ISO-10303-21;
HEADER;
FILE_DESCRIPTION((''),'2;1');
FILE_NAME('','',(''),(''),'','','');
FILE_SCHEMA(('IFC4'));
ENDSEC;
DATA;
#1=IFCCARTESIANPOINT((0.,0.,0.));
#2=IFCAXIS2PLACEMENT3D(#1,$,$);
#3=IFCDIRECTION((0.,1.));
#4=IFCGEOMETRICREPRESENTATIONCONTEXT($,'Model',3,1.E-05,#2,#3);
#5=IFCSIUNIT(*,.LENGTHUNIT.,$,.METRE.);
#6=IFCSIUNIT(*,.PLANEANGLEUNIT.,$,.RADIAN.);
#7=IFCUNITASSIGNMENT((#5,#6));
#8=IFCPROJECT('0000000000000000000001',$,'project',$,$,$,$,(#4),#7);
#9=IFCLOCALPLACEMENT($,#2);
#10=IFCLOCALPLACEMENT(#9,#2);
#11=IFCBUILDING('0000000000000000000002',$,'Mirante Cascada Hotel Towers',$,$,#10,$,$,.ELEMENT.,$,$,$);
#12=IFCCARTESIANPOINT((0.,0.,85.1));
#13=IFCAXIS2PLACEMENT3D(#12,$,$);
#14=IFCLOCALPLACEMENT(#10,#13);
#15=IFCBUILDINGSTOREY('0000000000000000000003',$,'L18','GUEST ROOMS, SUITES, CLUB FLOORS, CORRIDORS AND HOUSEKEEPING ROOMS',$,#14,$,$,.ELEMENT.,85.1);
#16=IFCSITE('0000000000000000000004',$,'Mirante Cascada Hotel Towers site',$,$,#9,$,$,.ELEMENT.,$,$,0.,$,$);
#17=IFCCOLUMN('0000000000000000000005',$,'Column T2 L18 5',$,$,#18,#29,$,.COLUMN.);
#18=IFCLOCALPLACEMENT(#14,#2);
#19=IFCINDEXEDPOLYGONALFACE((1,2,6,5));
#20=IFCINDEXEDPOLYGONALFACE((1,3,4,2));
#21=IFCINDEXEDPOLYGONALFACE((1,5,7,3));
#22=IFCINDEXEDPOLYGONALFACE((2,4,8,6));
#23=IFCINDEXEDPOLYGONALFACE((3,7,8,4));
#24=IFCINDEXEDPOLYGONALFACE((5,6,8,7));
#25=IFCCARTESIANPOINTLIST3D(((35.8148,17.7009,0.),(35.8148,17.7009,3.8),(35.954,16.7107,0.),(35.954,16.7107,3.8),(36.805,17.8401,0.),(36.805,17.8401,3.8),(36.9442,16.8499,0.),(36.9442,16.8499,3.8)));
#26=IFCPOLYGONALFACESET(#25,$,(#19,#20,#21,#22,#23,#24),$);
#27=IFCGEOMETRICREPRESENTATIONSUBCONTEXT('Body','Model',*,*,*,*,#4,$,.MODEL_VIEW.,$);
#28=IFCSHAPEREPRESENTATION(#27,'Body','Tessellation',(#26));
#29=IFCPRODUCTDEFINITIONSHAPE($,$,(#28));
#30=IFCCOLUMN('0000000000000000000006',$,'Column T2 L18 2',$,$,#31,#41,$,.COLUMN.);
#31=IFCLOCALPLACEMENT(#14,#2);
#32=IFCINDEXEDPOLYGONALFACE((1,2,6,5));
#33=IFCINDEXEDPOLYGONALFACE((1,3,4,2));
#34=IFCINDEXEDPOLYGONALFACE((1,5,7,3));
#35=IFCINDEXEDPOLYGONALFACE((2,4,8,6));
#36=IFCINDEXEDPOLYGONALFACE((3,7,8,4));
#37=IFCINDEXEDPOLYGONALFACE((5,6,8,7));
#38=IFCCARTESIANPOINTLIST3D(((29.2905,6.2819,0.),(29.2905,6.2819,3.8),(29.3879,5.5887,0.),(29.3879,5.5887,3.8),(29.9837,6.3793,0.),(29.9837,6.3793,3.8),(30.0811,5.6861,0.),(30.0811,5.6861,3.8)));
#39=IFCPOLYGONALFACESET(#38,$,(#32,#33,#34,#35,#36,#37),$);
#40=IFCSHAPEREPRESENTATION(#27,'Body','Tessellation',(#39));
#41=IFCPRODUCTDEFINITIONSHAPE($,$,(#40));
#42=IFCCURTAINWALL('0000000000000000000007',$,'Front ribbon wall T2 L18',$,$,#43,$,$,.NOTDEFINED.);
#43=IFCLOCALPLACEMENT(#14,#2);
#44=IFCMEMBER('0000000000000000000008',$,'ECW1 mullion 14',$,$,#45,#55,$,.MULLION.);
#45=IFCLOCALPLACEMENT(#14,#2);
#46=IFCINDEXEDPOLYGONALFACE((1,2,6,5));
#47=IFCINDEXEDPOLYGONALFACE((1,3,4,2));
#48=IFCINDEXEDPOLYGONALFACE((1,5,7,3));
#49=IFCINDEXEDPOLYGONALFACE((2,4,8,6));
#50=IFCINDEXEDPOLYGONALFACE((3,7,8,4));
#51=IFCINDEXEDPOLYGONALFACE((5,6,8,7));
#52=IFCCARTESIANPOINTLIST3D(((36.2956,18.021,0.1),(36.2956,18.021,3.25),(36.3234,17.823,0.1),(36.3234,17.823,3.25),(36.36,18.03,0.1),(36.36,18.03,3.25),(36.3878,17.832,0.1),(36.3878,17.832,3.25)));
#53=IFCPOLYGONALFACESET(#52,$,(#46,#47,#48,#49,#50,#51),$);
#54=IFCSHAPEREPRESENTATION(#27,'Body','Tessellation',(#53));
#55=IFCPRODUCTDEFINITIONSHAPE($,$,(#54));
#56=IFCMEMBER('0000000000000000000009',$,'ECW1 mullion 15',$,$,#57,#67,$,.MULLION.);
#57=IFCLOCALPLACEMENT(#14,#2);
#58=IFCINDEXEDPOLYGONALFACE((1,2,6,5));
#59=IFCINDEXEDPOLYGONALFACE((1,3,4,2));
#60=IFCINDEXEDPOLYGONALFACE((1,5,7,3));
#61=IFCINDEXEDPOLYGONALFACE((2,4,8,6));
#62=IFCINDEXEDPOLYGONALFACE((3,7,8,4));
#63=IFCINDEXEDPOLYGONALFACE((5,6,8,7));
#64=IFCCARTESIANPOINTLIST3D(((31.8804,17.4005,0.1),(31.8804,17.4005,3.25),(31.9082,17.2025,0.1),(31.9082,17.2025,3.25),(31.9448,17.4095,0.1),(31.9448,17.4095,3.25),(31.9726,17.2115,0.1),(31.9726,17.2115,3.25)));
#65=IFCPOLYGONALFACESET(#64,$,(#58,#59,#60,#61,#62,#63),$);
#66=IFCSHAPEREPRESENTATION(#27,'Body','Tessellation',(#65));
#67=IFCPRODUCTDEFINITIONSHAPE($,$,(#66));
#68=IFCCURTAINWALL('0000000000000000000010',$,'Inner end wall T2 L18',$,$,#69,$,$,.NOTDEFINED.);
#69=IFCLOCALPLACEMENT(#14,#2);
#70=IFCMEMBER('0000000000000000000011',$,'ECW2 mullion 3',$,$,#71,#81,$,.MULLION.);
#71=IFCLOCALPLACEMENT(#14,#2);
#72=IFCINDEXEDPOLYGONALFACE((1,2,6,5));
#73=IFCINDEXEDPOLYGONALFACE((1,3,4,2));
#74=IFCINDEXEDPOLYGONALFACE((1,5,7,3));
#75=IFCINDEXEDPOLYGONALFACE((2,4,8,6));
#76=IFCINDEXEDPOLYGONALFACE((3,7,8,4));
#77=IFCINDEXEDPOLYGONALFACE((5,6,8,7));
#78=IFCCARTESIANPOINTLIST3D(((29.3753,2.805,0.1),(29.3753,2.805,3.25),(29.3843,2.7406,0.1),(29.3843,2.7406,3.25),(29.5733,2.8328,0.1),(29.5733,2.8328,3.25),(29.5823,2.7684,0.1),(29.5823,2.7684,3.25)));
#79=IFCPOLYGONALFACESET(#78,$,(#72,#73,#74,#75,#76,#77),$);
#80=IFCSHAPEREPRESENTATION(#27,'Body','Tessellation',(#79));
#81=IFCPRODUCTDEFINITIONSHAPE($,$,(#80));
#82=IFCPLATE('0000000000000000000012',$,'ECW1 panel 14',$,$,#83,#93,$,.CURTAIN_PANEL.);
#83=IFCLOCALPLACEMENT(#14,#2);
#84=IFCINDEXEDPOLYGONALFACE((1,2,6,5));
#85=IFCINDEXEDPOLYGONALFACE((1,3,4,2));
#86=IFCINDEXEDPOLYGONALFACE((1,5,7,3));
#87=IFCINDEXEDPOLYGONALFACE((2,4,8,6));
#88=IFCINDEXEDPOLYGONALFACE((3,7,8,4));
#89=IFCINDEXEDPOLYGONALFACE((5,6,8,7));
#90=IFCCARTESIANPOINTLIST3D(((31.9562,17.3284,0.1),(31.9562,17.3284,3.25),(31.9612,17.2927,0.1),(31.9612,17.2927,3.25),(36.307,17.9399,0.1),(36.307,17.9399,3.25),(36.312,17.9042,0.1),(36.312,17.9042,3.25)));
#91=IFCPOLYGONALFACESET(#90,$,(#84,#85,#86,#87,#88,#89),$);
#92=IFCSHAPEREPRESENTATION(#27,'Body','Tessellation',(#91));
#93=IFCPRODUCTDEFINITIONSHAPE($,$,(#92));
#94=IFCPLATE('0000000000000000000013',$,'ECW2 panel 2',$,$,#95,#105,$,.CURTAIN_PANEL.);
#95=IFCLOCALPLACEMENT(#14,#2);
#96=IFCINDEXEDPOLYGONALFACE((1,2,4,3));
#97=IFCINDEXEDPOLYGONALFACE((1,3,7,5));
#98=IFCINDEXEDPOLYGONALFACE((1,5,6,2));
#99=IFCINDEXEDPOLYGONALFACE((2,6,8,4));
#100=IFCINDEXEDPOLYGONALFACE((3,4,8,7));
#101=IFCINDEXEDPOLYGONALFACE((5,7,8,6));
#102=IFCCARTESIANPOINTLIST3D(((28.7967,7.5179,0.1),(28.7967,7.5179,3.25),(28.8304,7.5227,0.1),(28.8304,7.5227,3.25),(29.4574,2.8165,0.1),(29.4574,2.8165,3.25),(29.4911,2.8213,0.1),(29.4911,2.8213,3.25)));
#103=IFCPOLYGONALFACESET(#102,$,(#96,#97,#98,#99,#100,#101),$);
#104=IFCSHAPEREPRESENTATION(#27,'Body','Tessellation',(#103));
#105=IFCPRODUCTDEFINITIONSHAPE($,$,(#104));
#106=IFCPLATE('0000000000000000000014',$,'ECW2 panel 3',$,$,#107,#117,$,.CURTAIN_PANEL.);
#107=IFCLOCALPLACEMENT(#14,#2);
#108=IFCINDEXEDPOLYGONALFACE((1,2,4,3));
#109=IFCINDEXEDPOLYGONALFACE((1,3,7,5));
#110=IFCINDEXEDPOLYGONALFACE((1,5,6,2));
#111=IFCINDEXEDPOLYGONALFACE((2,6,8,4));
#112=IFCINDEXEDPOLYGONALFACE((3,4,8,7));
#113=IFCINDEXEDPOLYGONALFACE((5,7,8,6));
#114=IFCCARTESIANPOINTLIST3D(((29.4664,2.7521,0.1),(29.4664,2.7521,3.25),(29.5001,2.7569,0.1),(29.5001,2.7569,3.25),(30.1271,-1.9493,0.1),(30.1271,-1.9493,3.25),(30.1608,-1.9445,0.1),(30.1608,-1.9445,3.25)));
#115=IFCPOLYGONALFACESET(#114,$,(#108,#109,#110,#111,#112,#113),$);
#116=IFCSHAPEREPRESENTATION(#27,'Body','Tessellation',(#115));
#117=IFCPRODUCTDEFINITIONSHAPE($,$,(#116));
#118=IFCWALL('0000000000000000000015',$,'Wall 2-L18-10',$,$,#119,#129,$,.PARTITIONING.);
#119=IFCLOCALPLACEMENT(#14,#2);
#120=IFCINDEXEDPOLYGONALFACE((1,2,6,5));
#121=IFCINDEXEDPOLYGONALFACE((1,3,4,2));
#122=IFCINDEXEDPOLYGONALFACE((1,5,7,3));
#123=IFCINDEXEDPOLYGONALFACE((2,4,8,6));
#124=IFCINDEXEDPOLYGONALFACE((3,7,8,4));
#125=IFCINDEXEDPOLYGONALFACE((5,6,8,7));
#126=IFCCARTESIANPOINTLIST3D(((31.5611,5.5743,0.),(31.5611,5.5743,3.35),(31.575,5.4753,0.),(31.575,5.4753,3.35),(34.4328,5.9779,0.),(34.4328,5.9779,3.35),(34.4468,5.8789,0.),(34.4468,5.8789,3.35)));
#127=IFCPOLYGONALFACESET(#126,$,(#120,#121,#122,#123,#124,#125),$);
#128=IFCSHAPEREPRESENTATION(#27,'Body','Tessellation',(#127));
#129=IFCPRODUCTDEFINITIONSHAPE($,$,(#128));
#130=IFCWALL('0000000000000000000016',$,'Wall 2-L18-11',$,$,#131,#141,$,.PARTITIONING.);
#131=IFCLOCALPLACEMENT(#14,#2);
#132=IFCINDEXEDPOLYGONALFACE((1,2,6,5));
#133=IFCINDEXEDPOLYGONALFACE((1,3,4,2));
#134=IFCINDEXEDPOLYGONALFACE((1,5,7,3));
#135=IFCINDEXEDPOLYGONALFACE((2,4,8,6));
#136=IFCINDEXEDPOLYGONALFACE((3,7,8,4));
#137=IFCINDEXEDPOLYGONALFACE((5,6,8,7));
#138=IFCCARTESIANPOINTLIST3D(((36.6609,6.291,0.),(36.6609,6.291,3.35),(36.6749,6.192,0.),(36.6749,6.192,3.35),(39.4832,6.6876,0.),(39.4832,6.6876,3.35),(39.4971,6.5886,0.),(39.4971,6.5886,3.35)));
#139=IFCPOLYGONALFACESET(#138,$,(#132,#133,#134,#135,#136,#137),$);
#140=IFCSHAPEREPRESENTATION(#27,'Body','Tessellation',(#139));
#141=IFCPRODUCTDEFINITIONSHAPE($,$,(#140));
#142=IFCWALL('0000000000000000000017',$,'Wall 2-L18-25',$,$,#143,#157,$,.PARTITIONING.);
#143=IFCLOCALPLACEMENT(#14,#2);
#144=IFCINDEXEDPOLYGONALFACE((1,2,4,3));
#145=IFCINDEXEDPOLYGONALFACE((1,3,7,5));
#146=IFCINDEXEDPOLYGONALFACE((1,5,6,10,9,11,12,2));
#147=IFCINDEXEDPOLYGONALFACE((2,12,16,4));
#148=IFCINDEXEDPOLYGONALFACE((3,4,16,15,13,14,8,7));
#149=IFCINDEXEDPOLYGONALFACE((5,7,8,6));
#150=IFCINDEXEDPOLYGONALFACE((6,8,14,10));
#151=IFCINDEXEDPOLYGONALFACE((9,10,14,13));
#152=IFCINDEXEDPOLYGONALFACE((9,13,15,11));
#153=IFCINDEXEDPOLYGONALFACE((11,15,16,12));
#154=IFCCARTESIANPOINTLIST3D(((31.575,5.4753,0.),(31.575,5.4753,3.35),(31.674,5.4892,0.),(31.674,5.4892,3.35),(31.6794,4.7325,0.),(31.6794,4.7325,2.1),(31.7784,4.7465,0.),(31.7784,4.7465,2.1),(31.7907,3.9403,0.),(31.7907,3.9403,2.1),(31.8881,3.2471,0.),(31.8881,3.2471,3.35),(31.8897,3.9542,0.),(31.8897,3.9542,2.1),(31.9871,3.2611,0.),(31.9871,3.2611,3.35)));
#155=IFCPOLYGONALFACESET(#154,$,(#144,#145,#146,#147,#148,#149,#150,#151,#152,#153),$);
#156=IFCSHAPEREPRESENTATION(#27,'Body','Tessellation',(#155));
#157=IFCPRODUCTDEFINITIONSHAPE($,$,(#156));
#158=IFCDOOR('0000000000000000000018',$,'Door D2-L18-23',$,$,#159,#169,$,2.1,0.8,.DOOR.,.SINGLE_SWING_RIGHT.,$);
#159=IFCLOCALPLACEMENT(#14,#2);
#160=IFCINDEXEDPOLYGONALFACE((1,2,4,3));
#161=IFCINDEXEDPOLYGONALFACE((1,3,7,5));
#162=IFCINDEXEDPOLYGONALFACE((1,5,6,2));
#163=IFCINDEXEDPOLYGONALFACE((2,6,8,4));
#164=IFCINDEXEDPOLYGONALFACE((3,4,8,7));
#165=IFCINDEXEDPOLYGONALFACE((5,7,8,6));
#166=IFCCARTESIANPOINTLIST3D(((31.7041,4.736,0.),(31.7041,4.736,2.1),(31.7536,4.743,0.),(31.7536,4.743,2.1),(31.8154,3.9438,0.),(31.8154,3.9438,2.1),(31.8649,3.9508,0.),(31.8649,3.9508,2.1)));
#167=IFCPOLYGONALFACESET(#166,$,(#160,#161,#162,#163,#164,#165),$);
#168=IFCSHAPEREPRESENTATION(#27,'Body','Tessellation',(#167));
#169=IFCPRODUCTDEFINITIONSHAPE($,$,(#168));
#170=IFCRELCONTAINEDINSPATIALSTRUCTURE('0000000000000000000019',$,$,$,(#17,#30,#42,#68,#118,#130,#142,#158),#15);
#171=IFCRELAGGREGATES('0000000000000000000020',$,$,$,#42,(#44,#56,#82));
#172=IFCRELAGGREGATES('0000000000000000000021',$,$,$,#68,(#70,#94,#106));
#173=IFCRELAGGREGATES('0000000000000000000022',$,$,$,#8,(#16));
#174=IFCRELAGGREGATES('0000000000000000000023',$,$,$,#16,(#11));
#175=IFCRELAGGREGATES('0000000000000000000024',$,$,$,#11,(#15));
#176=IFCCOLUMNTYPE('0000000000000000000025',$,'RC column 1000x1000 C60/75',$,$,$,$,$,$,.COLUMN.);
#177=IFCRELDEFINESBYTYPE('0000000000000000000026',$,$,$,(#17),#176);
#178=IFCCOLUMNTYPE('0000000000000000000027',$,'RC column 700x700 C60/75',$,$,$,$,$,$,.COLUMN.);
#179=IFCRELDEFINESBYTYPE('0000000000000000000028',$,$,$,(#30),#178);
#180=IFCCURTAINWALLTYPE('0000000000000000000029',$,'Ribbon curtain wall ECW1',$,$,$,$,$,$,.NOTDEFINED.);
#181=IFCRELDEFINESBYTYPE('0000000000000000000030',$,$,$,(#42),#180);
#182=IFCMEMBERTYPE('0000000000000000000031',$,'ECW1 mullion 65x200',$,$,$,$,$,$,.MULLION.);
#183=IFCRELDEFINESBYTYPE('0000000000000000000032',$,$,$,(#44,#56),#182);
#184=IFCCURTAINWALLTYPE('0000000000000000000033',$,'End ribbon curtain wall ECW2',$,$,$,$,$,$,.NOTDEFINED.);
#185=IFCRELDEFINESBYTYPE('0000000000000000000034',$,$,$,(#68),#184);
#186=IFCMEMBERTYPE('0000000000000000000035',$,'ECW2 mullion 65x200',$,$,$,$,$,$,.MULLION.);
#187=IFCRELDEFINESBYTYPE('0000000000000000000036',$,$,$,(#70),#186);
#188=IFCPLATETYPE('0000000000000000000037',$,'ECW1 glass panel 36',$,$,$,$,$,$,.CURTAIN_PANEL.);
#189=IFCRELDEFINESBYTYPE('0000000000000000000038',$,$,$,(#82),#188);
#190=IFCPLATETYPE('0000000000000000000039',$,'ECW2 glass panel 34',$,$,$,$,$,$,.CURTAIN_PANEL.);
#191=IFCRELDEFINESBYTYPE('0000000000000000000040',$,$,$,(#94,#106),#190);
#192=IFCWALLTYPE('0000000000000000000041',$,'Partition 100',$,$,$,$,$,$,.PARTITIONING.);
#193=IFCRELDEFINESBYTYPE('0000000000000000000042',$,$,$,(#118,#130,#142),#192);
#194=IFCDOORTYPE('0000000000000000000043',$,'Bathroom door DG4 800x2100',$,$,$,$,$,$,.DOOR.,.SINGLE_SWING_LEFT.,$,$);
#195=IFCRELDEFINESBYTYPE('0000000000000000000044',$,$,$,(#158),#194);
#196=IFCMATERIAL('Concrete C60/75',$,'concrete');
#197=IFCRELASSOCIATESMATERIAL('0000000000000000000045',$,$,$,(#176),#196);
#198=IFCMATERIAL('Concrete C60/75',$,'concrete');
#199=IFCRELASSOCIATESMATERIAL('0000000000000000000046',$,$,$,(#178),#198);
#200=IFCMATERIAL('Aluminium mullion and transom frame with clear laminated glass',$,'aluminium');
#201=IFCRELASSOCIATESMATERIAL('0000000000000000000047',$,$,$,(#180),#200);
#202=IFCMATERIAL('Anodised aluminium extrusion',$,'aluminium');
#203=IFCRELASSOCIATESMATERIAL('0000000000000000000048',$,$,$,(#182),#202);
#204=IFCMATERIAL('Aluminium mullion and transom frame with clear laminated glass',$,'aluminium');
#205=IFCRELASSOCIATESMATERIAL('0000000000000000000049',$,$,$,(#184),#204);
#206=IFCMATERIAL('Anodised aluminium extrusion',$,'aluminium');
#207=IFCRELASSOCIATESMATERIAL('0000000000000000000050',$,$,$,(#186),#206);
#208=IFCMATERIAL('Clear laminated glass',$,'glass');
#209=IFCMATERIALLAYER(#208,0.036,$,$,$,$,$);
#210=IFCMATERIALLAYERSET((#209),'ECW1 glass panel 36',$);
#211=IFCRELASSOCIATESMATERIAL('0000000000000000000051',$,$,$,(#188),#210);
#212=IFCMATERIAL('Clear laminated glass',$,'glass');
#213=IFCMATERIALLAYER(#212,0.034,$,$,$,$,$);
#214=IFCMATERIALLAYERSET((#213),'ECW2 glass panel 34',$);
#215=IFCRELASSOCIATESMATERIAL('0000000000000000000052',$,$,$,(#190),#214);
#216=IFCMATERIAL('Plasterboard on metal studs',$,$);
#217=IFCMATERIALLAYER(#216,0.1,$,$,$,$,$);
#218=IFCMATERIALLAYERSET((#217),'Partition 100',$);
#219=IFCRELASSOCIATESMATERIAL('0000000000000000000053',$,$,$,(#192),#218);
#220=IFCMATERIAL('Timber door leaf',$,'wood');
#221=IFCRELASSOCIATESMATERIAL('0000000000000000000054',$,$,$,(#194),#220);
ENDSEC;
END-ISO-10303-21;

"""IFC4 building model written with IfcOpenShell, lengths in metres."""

from ifc_helpers import new_model, si_unit, direction, frame, frame_2d, origin, origin_2d, place, context, subcontext, project, spatial, rectangle, extrude, material, layer, layer_set, material_profile, profile_set, type_object, element, fill, aggregate, save


model = new_model("IFC4")

# Units and contexts
model_context = context("Model", 3, precision=1e-05, world=origin(), true_north=direction((0.0, 1.0)))
body_context = subcontext(model_context, "Body", "Model", "MODEL_VIEW")
ifc_project = project(units=[si_unit("LENGTHUNIT", "METRE"), si_unit("PLANEANGLEUNIT", "RADIAN")], contexts=[model_context])

# Site, building, storey
site_placement = place(None, origin())
site = spatial("IfcSite", under=ifc_project, at=site_placement, Name="Mirante Cascada Hotel Towers site", CompositionType="ELEMENT", RefElevation=0.0)
building_placement = place(site_placement, origin())
building = spatial("IfcBuilding", under=site, at=building_placement, Name="Mirante Cascada Hotel Towers", CompositionType="ELEMENT")
storey_placement = place(building_placement, frame((0.0, 0.0, 85.1)))
storey = spatial("IfcBuildingStorey", under=building, at=storey_placement, Name="L18", Description="GUEST ROOMS, SUITES, CLUB FLOORS, CORRIDORS AND HOUSEKEEPING ROOMS", CompositionType="ELEMENT", Elevation=85.1)

# Columns
ifc_material_1 = material(Name="Concrete C60/75", Category="concrete")
ifc_material_profile_1 = material_profile(ifc_material_1, rectangle(XDim=1.0, YDim=1.0, at=origin_2d()), Name="RC column 1000x1000 C60/75")
ifc_profile_set_1 = profile_set([ifc_material_profile_1], Name="Concrete C60/75")
column_type_1 = type_object("IfcColumnType", Name="RC column 1000x1000 C60/75", PredefinedType="COLUMN", material=ifc_profile_set_1)
column_1_placement = place(storey_placement, frame((36.3795, 17.2754, 0.0), z_axis=(0.0, 0.0, 1.0), x_axis=(0.990268, 0.139173, 0.0)))
element("IfcColumn", 1, at=column_1_placement, inside=storey, type_object=column_type_1, Name="Column T2 L18 5", PredefinedType="COLUMN", context=body_context, shape_type="SweptSolid", body=[
    extrude(rectangle(XDim=1.0, YDim=1.0, at=origin_2d()), origin(), (0.0, 0.0, 1.0), 3.8),
])
ifc_material_2 = material(Name="Concrete C60/75", Category="concrete")
ifc_material_profile_2 = material_profile(ifc_material_2, rectangle(XDim=0.7, YDim=0.7, at=origin_2d()), Name="RC column 700x700 C60/75")
ifc_profile_set_2 = profile_set([ifc_material_profile_2], Name="Concrete C60/75")
column_type_2 = type_object("IfcColumnType", Name="RC column 700x700 C60/75", PredefinedType="COLUMN", material=ifc_profile_set_2)
column_2_placement = place(storey_placement, frame((29.6858, 5.984, 0.0), z_axis=(0.0, 0.0, 1.0), x_axis=(0.990268, 0.139173, 0.0)))
element("IfcColumn", 2, at=column_2_placement, inside=storey, type_object=column_type_2, Name="Column T2 L18 2", PredefinedType="COLUMN", context=body_context, shape_type="SweptSolid", body=[
    extrude(rectangle(XDim=0.7, YDim=0.7, at=origin_2d()), origin(), (0.0, 0.0, 1.0), 3.8),
])

# Curtain wall, members
ifc_material_3 = material(Name="Aluminium mullion and transom frame with clear laminated glass", Category="aluminium")
curtain_wall_type_1 = type_object("IfcCurtainWallType", Name="Ribbon curtain wall ECW1", PredefinedType="NOTDEFINED", material=ifc_material_3)
curtain_wall_1_placement = place(storey_placement, origin())
curtain_wall_1 = element("IfcCurtainWall", 3, at=curtain_wall_1_placement, inside=storey, type_object=curtain_wall_type_1, Name="Front ribbon wall T2 L18", PredefinedType="NOTDEFINED")
ifc_material_4 = material(Name="Anodised aluminium extrusion", Category="aluminium")
ifc_material_profile_3 = material_profile(ifc_material_4, rectangle(XDim=0.2, YDim=0.065, at=origin_2d()), Name="ECW1 MULLION 65x200")
ifc_profile_set_3 = profile_set([ifc_material_profile_3], Name="Anodised aluminium extrusion")
member_type_1 = type_object("IfcMemberType", Name="ECW1 mullion 65x200", PredefinedType="MULLION", material=ifc_profile_set_3)
member_1_placement = place(storey_placement, frame((36.3417, 17.9265, 0.1), z_axis=(0.0, 0.0, 1.0), x_axis=(0.139173, -0.990268, 0.0)))
member_1 = element("IfcMember", 4, at=member_1_placement, type_object=member_type_1, Name="ECW1 mullion 14", PredefinedType="MULLION", context=body_context, shape_type="SweptSolid", body=[
    extrude(rectangle(XDim=0.2, YDim=0.065, at=origin_2d()), origin(), (0.0, 0.0, 1.0), 3.15),
])
member_2_placement = place(storey_placement, frame((31.9265, 17.306, 0.1), z_axis=(0.0, 0.0, 1.0), x_axis=(0.139173, -0.990268, 0.0)))
member_2 = element("IfcMember", 5, at=member_2_placement, type_object=member_type_1, Name="ECW1 mullion 15", PredefinedType="MULLION", context=body_context, shape_type="SweptSolid", body=[
    extrude(rectangle(XDim=0.2, YDim=0.065, at=origin_2d()), origin(), (0.0, 0.0, 1.0), 3.15),
])

# Curtain wall, member
ifc_material_5 = material(Name="Aluminium mullion and transom frame with clear laminated glass", Category="aluminium")
curtain_wall_type_2 = type_object("IfcCurtainWallType", Name="End ribbon curtain wall ECW2", PredefinedType="NOTDEFINED", material=ifc_material_5)
curtain_wall_2_placement = place(storey_placement, origin())
curtain_wall_2 = element("IfcCurtainWall", 6, at=curtain_wall_2_placement, inside=storey, type_object=curtain_wall_type_2, Name="Inner end wall T2 L18", PredefinedType="NOTDEFINED")
ifc_material_6 = material(Name="Anodised aluminium extrusion", Category="aluminium")
ifc_material_profile_4 = material_profile(ifc_material_6, rectangle(XDim=0.2, YDim=0.065, at=origin_2d()), Name="ECW2 MULLION 65x200")
ifc_profile_set_4 = profile_set([ifc_material_profile_4], Name="Anodised aluminium extrusion")
member_type_2 = type_object("IfcMemberType", Name="ECW2 mullion 65x200", PredefinedType="MULLION", material=ifc_profile_set_4)
member_3_placement = place(storey_placement, frame((29.4788, 2.7867, 0.1), z_axis=(0.0, 0.0, 1.0), x_axis=(0.990268, 0.139173, 0.0)))
member_3 = element("IfcMember", 7, at=member_3_placement, type_object=member_type_2, Name="ECW2 mullion 3", PredefinedType="MULLION", context=body_context, shape_type="SweptSolid", body=[
    extrude(rectangle(XDim=0.2, YDim=0.065, at=origin_2d()), origin(), (0.0, 0.0, 1.0), 3.15),
])

# Plates
ifc_material_7 = material(Name="Clear laminated glass", Category="glass")
ifc_layer_1 = layer(ifc_material_7, 0.036)
ifc_layer_set_1 = layer_set([ifc_layer_1], Name="ECW1 glass panel 36")
plate_type_1 = type_object("IfcPlateType", Name="ECW1 glass panel 36", PredefinedType="CURTAIN_PANEL", material=ifc_layer_set_1)
plate_1_placement = place(storey_placement, frame((34.1341, 17.6163, 0.1), z_axis=(0.0, 0.0, 1.0), x_axis=(-0.990268, -0.139173, 0.0)))
plate_1 = element("IfcPlate", 8, at=plate_1_placement, type_object=plate_type_1, Name="ECW1 panel 14", PredefinedType="CURTAIN_PANEL", context=body_context, shape_type="SweptSolid", body=[
    extrude(rectangle(XDim=4.3936, YDim=0.036, at=origin_2d()), origin(), (0.0, 0.0, 1.0), 3.15),
])
aggregate(curtain_wall_1, [member_1, member_2, plate_1])
ifc_material_8 = material(Name="Clear laminated glass", Category="glass")
ifc_layer_2 = layer(ifc_material_8, 0.034)
ifc_layer_set_2 = layer_set([ifc_layer_2], Name="ECW2 glass panel 34")
plate_type_2 = type_object("IfcPlateType", Name="ECW2 glass panel 34", PredefinedType="CURTAIN_PANEL", material=ifc_layer_set_2)
plate_2_placement = place(storey_placement, frame((29.1439, 5.1696, 0.1), z_axis=(0.0, 0.0, 1.0), x_axis=(0.139173, -0.990268, 0.0)))
plate_2 = element("IfcPlate", 9, at=plate_2_placement, type_object=plate_type_2, Name="ECW2 panel 2", PredefinedType="CURTAIN_PANEL", context=body_context, shape_type="SweptSolid", body=[
    extrude(rectangle(XDim=4.7476, YDim=0.034, at=origin_2d()), origin(), (0.0, 0.0, 1.0), 3.15),
])
plate_3_placement = place(storey_placement, frame((29.8136, 0.4038, 0.1), z_axis=(0.0, 0.0, 1.0), x_axis=(0.139173, -0.990268, 0.0)))
plate_3 = element("IfcPlate", 10, at=plate_3_placement, type_object=plate_type_2, Name="ECW2 panel 3", PredefinedType="CURTAIN_PANEL", context=body_context, shape_type="SweptSolid", body=[
    extrude(rectangle(XDim=4.7476, YDim=0.034, at=origin_2d()), origin(), (0.0, 0.0, 1.0), 3.15),
])
aggregate(curtain_wall_2, [member_3, plate_2, plate_3])

# Walls
ifc_material_9 = material(Name="Plasterboard on metal studs")
ifc_layer_3 = layer(ifc_material_9, 0.1)
ifc_layer_set_3 = layer_set([ifc_layer_3], Name="Partition 100")
wall_type_1 = type_object("IfcWallType", Name="Partition 100", PredefinedType="PARTITIONING", material=ifc_layer_set_3)
wall_1_placement = place(storey_placement, frame((34.4398, 5.9284, 0.0), z_axis=(0.0, 0.0, 1.0), x_axis=(-0.990268, -0.139171, 0.0)))
element("IfcWall", 11, at=wall_1_placement, inside=storey, type_object=wall_type_1, Name="Wall 2-L18-10", PredefinedType="PARTITIONING", context=body_context, shape_type="SweptSolid", body=[
    extrude(rectangle(XDim=2.9, YDim=0.1, at=frame_2d((1.45, 0.0))), origin(), (0.0, 0.0, 1.0), 3.35),
])
wall_2_placement = place(storey_placement, frame((36.6679, 6.2415, 0.0), z_axis=(0.0, 0.0, 1.0), x_axis=(0.99027, 0.139156, 0.0)))
element("IfcWall", 12, at=wall_2_placement, inside=storey, type_object=wall_type_1, Name="Wall 2-L18-11", PredefinedType="PARTITIONING", context=body_context, shape_type="SweptSolid", body=[
    extrude(rectangle(XDim=2.85, YDim=0.1, at=frame_2d((1.425, 0.0))), origin(), (0.0, 0.0, 1.0), 3.35),
])

# Wall, opening, door
wall_3_placement = place(storey_placement, frame((31.9376, 3.2541, 0.0), z_axis=(0.0, 0.0, 1.0), x_axis=(-0.139156, 0.990271, 0.0)))
wall_3 = element("IfcWall", 13, at=wall_3_placement, inside=storey, type_object=wall_type_1, Name="Wall 2-L18-25", PredefinedType="PARTITIONING", context=body_context, shape_type="SweptSolid", body=[
    extrude(rectangle(XDim=2.25, YDim=0.1, at=frame_2d((1.125, 0.0))), origin(), (0.0, 0.0, 1.0), 3.35),
])
opening_1_placement = place(wall_3_placement, frame((0.7, 0.0, 0.0)))
opening_1 = element("IfcOpeningElement", 14, at=opening_1_placement, cuts=wall_3, PredefinedType="OPENING", context=body_context, shape_type="SweptSolid", body=[
    extrude(rectangle(XDim=0.8, YDim=2.1, at=frame_2d((0.4, 1.05))), frame((0.0, 0.05, 0.0), z_axis=(0.0, -1.0, 0.0), x_axis=(1.0, 0.0, 0.0)), (0.0, 0.0, 1.0), 0.1),
])
ifc_material_10 = material(Name="Timber door leaf", Category="wood")
door_type_1 = type_object("IfcDoorType", Name="Bathroom door DG4 800x2100", OperationType="SINGLE_SWING_LEFT", PredefinedType="DOOR", material=ifc_material_10)
door_1_placement = place(opening_1_placement, frame((0.8, 0.0, 0.0), z_axis=(0.0, 0.0, 1.0), x_axis=(-1.0, 0.0, 0.0)))
door_1 = element("IfcDoor", 15, at=door_1_placement, inside=storey, type_object=door_type_1, Name="Door D2-L18-23", OperationType="SINGLE_SWING_RIGHT", OverallHeight=2.1, OverallWidth=0.8, PredefinedType="DOOR", context=body_context, shape_type="SweptSolid", body=[
    extrude(rectangle(XDim=0.8, YDim=2.1, at=frame_2d((0.4, 1.05))), frame((0.0, 0.025, 0.0), z_axis=(0.0, -1.0, 0.0), x_axis=(1.0, 0.0, 0.0)), (0.0, 0.0, 1.0), 0.05),
])
fill(opening_1, door_1)

save(model, "model.ifc")
